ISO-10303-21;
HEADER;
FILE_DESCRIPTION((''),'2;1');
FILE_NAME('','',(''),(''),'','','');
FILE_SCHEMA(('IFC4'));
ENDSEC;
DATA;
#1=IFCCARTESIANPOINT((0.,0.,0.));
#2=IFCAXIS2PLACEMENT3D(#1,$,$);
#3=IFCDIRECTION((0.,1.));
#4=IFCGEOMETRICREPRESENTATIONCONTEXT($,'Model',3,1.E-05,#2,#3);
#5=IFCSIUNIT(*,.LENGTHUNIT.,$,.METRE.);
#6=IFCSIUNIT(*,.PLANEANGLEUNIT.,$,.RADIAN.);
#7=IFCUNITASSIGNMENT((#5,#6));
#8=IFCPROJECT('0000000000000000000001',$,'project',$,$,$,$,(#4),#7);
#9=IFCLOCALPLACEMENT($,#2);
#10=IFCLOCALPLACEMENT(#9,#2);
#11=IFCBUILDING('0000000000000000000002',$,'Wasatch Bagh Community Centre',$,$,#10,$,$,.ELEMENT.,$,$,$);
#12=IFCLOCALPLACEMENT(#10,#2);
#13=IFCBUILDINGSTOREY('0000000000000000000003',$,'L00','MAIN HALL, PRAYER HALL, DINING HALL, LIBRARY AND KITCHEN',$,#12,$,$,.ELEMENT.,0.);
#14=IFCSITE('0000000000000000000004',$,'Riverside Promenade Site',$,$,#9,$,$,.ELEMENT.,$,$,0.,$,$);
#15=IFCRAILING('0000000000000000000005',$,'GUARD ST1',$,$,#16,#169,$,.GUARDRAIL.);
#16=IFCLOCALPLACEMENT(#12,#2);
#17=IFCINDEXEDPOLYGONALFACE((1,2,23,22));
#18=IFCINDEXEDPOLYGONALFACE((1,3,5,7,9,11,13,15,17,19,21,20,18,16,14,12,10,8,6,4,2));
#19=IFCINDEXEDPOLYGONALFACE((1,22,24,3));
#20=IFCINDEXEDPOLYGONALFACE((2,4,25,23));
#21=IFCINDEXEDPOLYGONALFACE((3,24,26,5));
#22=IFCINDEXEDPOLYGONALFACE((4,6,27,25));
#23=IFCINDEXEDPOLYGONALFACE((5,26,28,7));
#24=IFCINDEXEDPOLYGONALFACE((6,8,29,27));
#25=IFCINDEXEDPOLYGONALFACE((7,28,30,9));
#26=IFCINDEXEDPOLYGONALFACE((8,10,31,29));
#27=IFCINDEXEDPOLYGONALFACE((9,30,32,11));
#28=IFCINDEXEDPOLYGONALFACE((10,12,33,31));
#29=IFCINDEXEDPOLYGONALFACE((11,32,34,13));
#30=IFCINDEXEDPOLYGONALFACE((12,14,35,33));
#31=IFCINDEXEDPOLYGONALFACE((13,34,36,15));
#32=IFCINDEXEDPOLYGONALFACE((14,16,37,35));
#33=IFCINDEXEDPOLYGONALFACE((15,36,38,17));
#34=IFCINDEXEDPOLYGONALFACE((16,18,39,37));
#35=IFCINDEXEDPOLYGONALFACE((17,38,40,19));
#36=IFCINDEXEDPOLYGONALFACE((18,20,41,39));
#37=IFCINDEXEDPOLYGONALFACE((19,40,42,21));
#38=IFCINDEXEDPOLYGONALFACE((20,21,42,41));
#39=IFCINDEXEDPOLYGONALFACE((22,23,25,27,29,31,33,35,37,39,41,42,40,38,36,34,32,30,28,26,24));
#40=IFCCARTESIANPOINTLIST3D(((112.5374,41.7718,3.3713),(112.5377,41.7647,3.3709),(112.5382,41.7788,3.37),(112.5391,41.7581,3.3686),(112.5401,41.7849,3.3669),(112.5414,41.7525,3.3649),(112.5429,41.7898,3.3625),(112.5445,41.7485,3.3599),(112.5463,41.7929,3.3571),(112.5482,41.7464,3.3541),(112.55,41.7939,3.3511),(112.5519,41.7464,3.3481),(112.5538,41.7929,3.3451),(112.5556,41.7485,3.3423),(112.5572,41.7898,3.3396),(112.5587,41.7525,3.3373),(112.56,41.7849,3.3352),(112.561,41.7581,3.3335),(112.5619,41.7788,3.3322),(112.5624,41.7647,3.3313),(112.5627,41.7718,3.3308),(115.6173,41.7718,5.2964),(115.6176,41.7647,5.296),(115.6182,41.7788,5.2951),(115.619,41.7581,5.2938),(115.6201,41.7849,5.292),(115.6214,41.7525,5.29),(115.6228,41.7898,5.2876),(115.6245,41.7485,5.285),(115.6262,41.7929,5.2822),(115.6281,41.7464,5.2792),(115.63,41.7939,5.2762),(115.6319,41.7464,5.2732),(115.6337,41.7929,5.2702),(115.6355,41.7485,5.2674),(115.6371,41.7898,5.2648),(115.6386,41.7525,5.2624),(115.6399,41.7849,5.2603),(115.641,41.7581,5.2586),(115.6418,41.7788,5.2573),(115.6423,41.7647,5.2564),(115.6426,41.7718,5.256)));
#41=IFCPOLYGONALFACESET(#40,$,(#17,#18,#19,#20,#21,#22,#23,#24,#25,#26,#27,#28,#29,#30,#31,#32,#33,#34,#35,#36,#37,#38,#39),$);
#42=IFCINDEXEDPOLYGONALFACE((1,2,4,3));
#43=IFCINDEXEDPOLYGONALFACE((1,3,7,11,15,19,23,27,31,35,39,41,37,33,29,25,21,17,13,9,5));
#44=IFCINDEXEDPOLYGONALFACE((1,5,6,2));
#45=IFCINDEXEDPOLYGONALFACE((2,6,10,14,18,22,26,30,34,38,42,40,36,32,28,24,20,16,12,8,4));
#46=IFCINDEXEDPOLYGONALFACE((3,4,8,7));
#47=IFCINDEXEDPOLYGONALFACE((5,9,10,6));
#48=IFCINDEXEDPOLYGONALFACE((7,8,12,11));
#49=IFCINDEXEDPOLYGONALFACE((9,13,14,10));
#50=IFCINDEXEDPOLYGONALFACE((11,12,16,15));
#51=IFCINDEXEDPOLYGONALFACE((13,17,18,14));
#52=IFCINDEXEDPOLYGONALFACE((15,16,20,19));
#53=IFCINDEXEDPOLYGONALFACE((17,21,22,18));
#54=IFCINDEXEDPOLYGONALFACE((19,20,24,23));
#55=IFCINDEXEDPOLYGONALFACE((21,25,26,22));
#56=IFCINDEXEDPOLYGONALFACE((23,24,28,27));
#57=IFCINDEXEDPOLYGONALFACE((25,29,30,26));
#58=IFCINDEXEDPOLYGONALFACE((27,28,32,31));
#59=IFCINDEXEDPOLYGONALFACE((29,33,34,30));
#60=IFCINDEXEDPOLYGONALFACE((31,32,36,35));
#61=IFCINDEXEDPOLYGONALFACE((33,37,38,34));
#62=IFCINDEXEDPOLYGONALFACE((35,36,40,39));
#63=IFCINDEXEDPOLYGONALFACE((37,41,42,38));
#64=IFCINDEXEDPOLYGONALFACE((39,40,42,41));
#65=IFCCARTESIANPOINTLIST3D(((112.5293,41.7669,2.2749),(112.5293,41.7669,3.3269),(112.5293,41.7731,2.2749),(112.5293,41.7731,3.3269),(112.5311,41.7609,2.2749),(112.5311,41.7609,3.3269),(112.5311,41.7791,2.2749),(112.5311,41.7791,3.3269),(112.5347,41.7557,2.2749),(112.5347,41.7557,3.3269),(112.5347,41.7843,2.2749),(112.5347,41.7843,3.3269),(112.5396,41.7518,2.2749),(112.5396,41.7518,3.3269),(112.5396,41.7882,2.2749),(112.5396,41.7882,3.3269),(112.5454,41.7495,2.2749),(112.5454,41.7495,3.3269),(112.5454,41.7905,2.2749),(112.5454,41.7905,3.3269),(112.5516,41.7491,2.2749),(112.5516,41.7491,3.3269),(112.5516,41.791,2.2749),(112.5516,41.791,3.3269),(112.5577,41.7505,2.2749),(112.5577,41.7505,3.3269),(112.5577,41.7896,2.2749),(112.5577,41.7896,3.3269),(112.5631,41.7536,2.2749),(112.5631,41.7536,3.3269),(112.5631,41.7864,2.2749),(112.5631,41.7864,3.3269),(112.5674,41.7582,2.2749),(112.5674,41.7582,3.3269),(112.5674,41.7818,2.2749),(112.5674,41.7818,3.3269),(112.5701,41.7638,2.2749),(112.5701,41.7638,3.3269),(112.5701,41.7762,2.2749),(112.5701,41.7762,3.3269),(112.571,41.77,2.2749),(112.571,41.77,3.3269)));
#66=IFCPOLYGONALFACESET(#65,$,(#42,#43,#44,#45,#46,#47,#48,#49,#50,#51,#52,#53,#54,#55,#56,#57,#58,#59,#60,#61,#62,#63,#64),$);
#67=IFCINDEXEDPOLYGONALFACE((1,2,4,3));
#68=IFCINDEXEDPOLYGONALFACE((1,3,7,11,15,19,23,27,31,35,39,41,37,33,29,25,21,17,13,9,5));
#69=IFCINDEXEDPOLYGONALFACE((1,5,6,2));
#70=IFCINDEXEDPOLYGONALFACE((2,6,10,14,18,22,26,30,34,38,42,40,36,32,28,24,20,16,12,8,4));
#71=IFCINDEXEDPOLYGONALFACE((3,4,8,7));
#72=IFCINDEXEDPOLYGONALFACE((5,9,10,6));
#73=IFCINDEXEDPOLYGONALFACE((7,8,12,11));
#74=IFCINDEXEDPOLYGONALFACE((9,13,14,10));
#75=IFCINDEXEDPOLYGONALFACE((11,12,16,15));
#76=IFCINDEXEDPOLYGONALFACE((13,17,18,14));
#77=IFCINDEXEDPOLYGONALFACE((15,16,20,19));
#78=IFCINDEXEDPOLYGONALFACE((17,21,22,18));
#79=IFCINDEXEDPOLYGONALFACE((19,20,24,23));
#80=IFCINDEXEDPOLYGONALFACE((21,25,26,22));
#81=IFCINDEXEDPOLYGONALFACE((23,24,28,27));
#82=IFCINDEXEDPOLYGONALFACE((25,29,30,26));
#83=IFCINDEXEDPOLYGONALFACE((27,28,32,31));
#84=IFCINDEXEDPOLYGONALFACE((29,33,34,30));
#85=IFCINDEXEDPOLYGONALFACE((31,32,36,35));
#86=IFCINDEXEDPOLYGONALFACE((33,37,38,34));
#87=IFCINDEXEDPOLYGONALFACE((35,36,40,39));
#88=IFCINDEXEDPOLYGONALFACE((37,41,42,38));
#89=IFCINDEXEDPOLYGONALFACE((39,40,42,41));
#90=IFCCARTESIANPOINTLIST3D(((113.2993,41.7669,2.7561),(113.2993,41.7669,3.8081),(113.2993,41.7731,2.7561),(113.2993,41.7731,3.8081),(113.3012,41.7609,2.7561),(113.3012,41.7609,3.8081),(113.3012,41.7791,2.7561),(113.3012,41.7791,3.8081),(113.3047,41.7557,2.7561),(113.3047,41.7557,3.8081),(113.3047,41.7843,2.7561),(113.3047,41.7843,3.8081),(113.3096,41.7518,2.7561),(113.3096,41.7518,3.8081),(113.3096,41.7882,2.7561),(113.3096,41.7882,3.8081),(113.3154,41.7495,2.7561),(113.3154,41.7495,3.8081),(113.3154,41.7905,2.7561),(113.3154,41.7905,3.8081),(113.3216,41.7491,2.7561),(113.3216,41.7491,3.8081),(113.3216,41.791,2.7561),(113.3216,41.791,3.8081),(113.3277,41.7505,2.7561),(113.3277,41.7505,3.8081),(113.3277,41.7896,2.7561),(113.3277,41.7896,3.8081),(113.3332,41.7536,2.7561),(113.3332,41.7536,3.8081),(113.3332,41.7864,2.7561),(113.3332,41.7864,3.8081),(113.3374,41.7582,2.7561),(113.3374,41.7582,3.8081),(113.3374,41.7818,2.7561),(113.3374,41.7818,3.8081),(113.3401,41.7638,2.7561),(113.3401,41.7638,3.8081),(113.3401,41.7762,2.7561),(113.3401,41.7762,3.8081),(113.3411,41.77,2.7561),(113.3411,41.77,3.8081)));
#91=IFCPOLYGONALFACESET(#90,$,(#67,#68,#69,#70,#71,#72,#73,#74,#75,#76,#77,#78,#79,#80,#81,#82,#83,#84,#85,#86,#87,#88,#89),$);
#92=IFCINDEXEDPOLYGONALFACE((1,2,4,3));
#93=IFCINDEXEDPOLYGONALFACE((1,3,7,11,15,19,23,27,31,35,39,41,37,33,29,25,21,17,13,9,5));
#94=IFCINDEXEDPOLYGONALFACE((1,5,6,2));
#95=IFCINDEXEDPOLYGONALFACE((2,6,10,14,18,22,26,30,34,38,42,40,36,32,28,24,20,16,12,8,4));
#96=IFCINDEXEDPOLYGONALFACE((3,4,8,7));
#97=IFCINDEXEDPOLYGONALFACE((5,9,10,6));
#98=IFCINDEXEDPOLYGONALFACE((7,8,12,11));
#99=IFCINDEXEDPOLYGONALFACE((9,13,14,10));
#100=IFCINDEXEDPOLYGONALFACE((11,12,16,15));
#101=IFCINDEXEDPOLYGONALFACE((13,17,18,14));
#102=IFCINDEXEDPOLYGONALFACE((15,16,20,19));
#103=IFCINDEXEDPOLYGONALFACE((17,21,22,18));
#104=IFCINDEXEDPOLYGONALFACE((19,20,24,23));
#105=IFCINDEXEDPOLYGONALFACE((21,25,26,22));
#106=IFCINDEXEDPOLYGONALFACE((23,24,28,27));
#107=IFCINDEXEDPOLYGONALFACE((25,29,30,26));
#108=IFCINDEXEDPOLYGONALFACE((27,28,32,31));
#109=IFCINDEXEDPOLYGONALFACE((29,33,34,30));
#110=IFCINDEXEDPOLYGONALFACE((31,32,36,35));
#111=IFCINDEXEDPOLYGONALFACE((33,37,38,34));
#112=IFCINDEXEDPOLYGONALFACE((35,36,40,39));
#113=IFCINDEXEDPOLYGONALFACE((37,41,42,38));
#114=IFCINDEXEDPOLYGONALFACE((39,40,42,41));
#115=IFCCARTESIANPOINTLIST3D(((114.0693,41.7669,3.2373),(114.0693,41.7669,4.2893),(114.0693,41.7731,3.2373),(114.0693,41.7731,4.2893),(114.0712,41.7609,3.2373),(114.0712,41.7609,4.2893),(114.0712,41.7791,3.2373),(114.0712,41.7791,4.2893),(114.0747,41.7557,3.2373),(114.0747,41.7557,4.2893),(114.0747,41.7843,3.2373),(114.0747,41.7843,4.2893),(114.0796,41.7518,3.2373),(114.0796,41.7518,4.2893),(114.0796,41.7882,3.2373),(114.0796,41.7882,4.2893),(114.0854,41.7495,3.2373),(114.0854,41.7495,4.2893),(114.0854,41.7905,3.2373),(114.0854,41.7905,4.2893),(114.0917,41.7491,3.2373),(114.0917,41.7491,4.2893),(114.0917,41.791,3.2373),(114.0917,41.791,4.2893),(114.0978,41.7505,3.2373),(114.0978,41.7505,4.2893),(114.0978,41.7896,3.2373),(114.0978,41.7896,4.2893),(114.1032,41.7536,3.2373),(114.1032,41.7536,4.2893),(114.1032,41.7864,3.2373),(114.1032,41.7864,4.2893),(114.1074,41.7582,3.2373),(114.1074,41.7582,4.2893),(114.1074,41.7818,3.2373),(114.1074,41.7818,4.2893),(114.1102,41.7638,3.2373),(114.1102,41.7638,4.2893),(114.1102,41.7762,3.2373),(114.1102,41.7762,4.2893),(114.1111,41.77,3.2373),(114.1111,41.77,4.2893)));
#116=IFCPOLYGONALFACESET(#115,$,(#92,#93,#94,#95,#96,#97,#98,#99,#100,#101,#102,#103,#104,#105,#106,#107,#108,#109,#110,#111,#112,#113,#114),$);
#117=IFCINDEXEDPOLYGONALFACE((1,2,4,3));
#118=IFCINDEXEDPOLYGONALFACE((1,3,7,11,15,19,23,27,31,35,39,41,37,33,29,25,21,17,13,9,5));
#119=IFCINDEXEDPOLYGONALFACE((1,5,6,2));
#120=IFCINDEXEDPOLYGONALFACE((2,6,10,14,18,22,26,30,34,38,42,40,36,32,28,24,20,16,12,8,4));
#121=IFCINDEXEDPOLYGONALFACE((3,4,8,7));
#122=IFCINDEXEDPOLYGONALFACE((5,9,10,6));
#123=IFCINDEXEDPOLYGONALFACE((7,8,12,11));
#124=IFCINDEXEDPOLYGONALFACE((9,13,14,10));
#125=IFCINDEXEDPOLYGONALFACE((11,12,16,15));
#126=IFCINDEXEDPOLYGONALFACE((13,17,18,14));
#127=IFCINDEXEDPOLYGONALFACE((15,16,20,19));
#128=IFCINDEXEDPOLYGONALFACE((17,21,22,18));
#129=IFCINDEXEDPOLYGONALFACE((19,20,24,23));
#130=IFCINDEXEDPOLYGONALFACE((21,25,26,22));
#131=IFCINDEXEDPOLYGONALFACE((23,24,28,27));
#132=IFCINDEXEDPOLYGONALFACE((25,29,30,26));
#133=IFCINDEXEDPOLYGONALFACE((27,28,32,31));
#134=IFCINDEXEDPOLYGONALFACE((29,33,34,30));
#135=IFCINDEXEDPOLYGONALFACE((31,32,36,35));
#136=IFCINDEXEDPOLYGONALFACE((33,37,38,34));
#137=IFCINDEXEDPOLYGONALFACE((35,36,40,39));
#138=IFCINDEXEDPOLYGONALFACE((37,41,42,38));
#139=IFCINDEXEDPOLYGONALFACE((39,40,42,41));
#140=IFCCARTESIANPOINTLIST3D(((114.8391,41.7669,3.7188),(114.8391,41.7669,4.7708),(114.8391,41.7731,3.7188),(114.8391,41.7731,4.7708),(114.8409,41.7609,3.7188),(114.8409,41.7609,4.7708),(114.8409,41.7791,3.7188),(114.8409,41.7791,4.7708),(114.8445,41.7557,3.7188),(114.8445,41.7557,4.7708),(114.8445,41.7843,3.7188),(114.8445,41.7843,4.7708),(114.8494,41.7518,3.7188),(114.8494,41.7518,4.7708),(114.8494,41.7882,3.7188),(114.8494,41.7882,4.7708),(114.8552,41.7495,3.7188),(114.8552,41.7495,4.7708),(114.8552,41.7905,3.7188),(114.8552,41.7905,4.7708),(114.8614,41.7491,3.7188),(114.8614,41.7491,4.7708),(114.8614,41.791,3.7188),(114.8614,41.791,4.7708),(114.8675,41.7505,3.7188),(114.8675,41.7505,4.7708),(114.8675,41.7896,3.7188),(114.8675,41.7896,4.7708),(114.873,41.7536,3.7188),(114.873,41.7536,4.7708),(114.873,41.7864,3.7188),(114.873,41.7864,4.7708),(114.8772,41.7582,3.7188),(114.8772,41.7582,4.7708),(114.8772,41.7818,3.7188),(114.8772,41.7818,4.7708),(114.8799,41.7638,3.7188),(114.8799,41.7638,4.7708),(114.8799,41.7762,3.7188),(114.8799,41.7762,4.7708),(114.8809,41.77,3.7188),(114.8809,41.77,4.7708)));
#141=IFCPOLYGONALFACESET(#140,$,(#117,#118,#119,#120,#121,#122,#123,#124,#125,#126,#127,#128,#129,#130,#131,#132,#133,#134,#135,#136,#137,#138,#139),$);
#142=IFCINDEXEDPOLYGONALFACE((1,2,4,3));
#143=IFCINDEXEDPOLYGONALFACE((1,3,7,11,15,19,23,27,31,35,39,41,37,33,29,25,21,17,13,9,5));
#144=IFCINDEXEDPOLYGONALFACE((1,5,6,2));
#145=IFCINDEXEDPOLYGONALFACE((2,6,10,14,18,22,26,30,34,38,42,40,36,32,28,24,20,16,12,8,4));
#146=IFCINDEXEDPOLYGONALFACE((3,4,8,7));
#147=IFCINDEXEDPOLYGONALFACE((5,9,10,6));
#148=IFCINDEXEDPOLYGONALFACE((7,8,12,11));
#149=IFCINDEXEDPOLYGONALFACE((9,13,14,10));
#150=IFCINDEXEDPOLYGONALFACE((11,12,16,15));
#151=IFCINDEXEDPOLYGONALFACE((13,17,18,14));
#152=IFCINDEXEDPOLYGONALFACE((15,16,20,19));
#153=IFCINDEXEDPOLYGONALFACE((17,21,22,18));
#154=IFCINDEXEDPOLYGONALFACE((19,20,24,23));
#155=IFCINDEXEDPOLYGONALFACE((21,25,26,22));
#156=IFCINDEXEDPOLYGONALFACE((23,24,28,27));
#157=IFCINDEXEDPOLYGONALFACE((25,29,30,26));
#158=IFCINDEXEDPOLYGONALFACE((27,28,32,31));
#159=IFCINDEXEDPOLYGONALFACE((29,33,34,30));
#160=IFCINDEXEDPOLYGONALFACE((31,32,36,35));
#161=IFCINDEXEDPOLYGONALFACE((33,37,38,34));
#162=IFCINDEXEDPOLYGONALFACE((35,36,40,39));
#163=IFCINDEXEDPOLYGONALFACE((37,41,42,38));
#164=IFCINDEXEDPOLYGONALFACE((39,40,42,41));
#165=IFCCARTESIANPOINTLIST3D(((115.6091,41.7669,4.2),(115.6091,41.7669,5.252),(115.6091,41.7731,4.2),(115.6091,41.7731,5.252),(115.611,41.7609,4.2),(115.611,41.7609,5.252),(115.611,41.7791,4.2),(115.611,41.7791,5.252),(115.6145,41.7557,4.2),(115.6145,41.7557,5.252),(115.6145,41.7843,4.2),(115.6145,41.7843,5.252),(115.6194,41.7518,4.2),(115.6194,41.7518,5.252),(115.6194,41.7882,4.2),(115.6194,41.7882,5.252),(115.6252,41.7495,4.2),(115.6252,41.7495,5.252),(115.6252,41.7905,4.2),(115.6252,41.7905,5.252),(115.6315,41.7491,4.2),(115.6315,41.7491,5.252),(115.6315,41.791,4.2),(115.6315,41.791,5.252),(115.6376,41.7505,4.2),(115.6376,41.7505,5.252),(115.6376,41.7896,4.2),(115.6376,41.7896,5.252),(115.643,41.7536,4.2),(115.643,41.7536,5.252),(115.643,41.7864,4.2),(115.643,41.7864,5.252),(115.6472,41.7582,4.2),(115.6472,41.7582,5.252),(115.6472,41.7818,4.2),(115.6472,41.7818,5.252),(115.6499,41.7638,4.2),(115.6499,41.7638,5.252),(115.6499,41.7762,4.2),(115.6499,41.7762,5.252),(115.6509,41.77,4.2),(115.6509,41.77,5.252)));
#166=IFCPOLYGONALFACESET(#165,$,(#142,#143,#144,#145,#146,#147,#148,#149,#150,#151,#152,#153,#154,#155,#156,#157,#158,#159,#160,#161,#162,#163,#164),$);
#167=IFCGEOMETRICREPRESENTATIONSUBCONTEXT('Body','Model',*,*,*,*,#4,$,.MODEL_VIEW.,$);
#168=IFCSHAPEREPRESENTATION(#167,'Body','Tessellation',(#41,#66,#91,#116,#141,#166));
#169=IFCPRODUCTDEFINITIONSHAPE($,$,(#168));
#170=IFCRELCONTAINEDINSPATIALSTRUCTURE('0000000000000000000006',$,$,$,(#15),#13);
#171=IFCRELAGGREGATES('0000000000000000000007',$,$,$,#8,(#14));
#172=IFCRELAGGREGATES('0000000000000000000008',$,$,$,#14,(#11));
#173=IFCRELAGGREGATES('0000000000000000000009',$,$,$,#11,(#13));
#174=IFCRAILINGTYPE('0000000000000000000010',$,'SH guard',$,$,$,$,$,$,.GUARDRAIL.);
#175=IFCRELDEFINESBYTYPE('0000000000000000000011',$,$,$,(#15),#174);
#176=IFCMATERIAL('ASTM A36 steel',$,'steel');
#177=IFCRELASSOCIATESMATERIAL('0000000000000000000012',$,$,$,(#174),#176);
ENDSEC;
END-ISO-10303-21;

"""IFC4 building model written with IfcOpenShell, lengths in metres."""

from ifc_helpers import new_model, si_unit, direction, frame, origin, origin_2d, place, context, subcontext, project, spatial, circle, extrude, material, type_object, element, save


model = new_model("IFC4")

# Units and contexts
model_context = context("Model", 3, precision=1e-05, world=origin(), true_north=direction((0.0, 1.0)))
body_context = subcontext(model_context, "Body", "Model", "MODEL_VIEW")
ifc_project = project(units=[si_unit("LENGTHUNIT", "METRE"), si_unit("PLANEANGLEUNIT", "RADIAN")], contexts=[model_context])

# Site, building, storey
site_placement = place(None, origin())
site = spatial("IfcSite", under=ifc_project, at=site_placement, Name="Riverside Promenade Site", CompositionType="ELEMENT", RefElevation=0.0)
building_placement = place(site_placement, origin())
building = spatial("IfcBuilding", under=site, at=building_placement, Name="Wasatch Bagh Community Centre", CompositionType="ELEMENT")
storey_placement = place(building_placement, origin())
storey = spatial("IfcBuildingStorey", under=building, at=storey_placement, Name="L00", Description="MAIN HALL, PRAYER HALL, DINING HALL, LIBRARY AND KITCHEN", CompositionType="ELEMENT", Elevation=0.0)

# Railing
ifc_material_1 = material(Name="ASTM A36 steel", Category="steel")
railing_type_1 = type_object("IfcRailingType", Name="SH guard", PredefinedType="GUARDRAIL", material=ifc_material_1)
for number, where, name in (
    (1, (112.55, 41.77, 2.2749), "GUARD ST1"),
):
    element("IfcRailing", number, at=place(storey_placement, frame(where)), inside=storey, type_object=railing_type_1, Name=name, PredefinedType="GUARDRAIL", context=body_context, shape_type="SweptSolid", body=[
        extrude(circle(Radius=0.0239, at=origin_2d()), frame((0.0, 0.0, 1.0762), z_axis=(0.847979, 0.0, 0.530029), x_axis=(0.0, 1.0, 0.0)), (0.0, 0.0, 1.0), 3.6321),
        extrude(circle(Radius=0.021, at=origin_2d()), origin(), (0.0, 0.0, 1.0), 1.052),
        extrude(circle(Radius=0.021, at=origin_2d()), frame((0.77, 0.0, 0.4812)), (0.0, 0.0, 1.0), 1.052),
        extrude(circle(Radius=0.021, at=origin_2d()), frame((1.54, 0.0, 0.9624)), (0.0, 0.0, 1.0), 1.052),
        extrude(circle(Radius=0.021, at=origin_2d()), frame((2.3098, 0.0, 1.4438)), (0.0, 0.0, 1.0), 1.052),
        extrude(circle(Radius=0.021, at=origin_2d()), frame((3.0798, 0.0, 1.925)), (0.0, 0.0, 1.0), 1.052),
    ])

save(model, "model.ifc")
